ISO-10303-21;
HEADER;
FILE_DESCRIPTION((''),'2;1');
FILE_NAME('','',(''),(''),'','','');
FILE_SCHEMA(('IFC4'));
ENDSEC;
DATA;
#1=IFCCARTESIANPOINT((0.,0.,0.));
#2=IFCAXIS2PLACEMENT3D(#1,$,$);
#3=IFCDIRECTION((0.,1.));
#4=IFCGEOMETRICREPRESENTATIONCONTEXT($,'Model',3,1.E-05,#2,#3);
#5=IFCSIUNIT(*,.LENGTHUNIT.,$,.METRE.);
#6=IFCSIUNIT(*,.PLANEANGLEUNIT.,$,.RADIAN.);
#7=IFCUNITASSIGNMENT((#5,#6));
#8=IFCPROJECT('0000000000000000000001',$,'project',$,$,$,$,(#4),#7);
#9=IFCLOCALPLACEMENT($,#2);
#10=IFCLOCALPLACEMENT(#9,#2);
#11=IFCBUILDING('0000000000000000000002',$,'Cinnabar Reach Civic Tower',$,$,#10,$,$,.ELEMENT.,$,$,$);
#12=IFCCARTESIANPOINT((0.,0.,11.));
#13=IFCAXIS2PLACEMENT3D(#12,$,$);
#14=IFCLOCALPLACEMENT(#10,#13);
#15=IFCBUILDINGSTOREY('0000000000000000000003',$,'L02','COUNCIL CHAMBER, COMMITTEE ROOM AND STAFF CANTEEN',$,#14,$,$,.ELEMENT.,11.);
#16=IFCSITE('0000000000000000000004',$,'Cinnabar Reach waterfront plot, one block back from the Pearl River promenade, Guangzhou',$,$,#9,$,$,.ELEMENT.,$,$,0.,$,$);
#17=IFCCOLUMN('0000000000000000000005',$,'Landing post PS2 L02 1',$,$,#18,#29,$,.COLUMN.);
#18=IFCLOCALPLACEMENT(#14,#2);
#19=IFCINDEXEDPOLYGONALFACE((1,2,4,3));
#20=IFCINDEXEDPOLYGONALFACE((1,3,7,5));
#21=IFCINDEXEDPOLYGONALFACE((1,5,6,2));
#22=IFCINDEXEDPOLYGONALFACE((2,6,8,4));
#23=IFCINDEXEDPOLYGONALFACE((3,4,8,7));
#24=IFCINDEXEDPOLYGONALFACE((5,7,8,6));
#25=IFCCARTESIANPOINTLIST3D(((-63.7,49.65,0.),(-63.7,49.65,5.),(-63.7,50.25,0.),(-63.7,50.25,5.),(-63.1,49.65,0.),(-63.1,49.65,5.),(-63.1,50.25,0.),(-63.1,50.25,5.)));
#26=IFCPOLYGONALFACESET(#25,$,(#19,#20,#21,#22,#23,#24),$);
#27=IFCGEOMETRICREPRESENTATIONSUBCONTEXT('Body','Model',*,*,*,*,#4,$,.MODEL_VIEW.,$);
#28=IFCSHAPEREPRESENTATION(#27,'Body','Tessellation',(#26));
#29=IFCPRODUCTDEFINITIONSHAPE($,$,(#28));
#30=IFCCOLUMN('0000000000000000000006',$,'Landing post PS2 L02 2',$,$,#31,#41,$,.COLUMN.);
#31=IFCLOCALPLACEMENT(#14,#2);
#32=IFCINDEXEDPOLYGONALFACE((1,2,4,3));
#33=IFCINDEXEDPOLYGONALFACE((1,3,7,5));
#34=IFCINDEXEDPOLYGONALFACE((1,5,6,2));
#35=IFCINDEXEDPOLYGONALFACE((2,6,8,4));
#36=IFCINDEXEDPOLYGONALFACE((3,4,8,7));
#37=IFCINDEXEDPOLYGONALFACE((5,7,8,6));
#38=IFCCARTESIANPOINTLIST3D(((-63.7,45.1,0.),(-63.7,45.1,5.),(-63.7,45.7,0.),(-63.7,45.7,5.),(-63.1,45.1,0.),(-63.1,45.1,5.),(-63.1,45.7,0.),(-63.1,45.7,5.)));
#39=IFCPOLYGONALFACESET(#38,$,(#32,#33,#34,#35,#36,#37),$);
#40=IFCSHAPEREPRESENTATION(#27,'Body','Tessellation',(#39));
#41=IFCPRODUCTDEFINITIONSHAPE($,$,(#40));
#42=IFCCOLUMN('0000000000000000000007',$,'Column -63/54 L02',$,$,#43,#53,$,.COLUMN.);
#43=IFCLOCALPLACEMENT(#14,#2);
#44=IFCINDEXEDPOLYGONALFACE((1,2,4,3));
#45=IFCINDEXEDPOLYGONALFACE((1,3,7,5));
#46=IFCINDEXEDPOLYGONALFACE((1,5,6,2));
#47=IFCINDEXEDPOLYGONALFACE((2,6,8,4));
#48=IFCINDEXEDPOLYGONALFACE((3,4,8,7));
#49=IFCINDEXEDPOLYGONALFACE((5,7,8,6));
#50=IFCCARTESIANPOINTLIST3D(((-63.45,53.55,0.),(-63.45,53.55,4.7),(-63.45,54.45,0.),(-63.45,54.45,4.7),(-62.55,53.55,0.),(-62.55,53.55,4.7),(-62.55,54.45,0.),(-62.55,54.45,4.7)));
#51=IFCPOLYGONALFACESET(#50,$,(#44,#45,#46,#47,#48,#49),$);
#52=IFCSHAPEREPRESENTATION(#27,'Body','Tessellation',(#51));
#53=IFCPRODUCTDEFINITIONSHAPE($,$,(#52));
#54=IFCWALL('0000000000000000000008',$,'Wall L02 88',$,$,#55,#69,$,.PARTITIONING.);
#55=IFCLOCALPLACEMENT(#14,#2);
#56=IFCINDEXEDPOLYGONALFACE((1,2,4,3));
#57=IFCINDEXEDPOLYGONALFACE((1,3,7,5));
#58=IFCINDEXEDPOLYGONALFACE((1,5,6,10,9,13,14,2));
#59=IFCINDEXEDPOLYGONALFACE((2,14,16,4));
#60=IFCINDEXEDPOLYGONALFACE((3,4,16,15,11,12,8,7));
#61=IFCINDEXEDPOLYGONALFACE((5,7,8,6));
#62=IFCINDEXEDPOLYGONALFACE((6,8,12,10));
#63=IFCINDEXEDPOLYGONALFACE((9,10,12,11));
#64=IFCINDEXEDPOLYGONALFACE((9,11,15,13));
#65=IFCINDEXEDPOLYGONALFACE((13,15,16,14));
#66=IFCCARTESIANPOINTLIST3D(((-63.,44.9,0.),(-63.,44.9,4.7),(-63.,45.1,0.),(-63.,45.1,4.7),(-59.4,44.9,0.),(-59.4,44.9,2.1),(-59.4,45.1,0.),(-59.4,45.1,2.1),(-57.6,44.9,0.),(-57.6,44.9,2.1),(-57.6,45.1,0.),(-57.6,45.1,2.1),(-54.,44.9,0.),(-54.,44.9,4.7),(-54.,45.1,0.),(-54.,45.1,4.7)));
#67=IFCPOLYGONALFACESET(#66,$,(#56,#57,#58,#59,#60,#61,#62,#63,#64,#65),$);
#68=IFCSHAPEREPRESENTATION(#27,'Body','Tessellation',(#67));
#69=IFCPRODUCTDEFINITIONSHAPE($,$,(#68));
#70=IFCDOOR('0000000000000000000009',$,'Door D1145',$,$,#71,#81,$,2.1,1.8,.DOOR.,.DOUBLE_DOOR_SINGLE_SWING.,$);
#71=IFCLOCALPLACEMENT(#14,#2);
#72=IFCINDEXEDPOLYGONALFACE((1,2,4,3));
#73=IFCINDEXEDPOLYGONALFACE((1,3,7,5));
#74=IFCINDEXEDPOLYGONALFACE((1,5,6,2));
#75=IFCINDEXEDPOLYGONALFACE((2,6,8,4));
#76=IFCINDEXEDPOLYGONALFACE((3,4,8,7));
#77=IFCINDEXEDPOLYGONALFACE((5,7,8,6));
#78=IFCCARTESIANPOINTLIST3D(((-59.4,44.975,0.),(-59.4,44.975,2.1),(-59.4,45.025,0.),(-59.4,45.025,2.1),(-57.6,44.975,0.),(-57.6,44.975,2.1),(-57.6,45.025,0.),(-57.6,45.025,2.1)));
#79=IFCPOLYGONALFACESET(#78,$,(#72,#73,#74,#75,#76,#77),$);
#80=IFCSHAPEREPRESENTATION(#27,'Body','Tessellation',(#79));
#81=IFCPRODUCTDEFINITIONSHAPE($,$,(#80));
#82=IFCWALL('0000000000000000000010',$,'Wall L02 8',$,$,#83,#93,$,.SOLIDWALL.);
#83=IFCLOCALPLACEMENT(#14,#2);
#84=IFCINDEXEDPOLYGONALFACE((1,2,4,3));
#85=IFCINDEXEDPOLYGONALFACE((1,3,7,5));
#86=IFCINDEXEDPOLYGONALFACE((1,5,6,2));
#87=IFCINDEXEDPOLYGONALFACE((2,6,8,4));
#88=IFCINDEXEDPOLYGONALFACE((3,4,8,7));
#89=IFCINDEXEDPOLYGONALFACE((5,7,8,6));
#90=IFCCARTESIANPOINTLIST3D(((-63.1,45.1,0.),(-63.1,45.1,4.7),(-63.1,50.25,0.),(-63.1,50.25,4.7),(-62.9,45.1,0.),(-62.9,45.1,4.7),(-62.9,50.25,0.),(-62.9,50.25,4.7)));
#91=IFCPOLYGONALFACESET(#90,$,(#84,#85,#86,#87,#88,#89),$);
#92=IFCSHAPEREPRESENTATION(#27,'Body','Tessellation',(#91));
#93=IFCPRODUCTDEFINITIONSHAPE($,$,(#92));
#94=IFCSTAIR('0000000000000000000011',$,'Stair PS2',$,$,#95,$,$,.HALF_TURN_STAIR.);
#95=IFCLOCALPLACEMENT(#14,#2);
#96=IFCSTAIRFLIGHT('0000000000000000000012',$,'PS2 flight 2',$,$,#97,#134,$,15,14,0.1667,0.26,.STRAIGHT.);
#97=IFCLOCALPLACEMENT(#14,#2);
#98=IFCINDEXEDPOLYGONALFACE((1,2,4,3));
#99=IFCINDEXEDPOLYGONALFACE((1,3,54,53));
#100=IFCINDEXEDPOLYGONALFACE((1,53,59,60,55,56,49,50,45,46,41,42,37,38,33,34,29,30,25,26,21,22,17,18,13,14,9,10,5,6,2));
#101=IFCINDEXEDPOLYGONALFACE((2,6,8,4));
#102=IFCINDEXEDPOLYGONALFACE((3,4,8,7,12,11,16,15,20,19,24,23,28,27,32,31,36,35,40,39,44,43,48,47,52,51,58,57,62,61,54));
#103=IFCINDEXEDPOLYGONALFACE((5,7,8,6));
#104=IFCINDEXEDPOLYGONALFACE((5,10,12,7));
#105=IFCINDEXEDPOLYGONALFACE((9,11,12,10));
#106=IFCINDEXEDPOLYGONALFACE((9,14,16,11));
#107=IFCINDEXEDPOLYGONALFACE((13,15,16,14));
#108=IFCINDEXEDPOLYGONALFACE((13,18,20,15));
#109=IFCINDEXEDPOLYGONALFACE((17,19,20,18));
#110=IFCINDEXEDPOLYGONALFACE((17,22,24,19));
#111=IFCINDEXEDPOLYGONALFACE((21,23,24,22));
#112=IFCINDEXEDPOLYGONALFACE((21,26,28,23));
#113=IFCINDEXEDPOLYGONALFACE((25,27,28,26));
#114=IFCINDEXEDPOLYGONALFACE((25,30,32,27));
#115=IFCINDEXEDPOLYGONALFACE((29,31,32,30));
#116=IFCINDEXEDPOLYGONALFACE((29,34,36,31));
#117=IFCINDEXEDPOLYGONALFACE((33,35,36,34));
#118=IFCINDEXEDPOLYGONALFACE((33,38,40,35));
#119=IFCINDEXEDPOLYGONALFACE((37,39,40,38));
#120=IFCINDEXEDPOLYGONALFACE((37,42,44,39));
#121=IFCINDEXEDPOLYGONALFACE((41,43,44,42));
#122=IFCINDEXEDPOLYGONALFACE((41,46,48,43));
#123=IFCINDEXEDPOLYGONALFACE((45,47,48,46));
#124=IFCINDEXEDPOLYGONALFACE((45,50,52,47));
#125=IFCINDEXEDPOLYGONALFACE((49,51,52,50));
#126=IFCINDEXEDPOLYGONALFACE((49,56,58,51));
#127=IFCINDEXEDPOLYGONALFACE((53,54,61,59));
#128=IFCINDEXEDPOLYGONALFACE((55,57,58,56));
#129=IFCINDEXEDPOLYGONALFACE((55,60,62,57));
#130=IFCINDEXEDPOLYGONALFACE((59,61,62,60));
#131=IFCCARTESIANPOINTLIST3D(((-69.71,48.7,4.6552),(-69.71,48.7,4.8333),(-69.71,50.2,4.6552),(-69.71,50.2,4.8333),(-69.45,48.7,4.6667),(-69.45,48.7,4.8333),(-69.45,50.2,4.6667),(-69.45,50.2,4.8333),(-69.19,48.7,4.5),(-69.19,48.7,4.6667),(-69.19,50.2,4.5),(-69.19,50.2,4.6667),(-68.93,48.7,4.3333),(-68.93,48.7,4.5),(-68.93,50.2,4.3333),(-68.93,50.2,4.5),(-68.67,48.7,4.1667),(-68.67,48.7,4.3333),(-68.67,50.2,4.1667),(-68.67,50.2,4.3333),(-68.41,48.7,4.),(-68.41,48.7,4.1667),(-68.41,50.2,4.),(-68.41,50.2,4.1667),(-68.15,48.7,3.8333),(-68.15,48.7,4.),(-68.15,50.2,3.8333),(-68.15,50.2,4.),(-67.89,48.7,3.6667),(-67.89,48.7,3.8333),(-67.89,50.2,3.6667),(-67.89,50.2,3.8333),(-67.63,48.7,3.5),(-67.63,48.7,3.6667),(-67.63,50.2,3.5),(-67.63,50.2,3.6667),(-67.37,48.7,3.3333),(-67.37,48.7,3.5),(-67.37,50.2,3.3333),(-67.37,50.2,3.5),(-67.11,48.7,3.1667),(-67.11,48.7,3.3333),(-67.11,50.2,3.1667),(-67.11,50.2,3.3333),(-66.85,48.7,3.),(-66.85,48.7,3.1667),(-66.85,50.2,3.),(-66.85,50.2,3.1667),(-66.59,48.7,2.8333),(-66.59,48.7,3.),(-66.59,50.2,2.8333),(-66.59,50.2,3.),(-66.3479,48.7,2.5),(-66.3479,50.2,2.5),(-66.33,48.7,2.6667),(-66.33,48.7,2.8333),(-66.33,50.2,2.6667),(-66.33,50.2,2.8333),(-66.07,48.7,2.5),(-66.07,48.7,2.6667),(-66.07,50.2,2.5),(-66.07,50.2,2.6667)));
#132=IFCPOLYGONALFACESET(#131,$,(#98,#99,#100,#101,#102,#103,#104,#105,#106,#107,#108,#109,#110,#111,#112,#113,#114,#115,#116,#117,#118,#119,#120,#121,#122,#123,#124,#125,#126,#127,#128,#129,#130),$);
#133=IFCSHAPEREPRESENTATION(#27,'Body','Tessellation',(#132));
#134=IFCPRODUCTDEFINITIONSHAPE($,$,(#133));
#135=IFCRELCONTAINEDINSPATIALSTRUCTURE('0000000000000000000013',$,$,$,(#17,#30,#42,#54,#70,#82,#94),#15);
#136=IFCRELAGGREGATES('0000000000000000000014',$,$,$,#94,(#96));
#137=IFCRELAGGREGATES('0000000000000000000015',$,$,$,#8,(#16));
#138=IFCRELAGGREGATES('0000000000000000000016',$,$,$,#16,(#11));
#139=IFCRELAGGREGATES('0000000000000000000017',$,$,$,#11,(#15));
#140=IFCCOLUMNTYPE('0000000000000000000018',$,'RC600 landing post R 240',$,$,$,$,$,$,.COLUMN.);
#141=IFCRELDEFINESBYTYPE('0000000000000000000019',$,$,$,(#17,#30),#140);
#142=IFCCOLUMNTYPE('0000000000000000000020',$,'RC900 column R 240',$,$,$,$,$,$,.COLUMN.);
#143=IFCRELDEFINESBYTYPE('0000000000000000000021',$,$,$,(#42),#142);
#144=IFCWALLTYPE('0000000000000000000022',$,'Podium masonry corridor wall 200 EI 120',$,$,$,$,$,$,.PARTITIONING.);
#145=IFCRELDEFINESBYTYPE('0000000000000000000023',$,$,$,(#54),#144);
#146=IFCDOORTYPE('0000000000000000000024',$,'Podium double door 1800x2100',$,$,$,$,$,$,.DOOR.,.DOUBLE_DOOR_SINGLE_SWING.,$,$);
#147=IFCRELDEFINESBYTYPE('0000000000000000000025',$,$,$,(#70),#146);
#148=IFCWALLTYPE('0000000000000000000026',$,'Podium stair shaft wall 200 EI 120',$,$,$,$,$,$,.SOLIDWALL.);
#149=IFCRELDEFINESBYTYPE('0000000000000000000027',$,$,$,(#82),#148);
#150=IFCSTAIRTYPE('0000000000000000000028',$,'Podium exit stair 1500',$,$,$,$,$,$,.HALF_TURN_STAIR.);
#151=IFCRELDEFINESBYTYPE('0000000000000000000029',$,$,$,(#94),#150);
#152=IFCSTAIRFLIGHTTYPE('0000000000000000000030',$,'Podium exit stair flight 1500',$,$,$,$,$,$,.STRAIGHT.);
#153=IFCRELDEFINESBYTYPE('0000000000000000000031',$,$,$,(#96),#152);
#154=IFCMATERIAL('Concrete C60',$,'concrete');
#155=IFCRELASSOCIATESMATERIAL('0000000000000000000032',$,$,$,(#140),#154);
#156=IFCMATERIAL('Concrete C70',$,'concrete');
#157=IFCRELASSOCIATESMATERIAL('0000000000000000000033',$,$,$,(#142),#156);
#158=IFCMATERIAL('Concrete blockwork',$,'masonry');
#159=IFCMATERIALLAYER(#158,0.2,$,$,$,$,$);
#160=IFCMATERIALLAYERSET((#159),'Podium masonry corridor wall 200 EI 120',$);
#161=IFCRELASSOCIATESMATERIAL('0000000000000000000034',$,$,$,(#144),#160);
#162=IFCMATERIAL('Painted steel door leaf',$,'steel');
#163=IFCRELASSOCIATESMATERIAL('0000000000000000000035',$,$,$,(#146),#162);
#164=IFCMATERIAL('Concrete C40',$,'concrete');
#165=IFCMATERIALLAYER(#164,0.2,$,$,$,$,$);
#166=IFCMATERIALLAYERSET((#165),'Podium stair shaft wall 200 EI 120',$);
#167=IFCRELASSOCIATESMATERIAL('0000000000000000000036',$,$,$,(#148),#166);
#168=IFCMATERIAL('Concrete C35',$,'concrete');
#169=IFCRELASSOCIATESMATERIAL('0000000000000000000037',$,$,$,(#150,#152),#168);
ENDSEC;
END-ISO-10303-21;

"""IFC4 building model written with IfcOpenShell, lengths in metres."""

from ifc_helpers import new_model, si_unit, direction, frame, frame_2d, origin, origin_2d, place, context, subcontext, project, spatial, polyline, rectangle, outline, extrude, material, layer, layer_set, material_profile, profile_set, type_object, element, fill, aggregate, save


model = new_model("IFC4")

# Units and contexts
model_context = context("Model", 3, precision=1e-05, world=origin(), true_north=direction((0.0, 1.0)))
body_context = subcontext(model_context, "Body", "Model", "MODEL_VIEW")
ifc_project = project(units=[si_unit("LENGTHUNIT", "METRE"), si_unit("PLANEANGLEUNIT", "RADIAN")], contexts=[model_context])

# Site, building, storey
site_placement = place(None, origin())
site = spatial("IfcSite", under=ifc_project, at=site_placement, Name="Cinnabar Reach waterfront plot, one block back from the Pearl River promenade, Guangzhou", CompositionType="ELEMENT", RefElevation=0.0)
building_placement = place(site_placement, origin())
building = spatial("IfcBuilding", under=site, at=building_placement, Name="Cinnabar Reach Civic Tower", CompositionType="ELEMENT")
storey_placement = place(building_placement, frame((0.0, 0.0, 11.0)))
storey = spatial("IfcBuildingStorey", under=building, at=storey_placement, Name="L02", Description="COUNCIL CHAMBER, COMMITTEE ROOM AND STAFF CANTEEN", CompositionType="ELEMENT", Elevation=11.0)

# Columns
ifc_material_1 = material(Name="Concrete C60", Category="concrete")
ifc_material_profile_1 = material_profile(ifc_material_1, rectangle(XDim=0.6, YDim=0.6, at=origin_2d()), Name="RC600")
ifc_profile_set_1 = profile_set([ifc_material_profile_1], Name="Concrete C60")
column_type_1 = type_object("IfcColumnType", Name="RC600 landing post R 240", PredefinedType="COLUMN", material=ifc_profile_set_1)
for number, where, z_axis, x_axis, name in (
    (1, (-63.4, 49.95, 0.0), (0.0, 0.0, 1.0), (1.0, 0.0, 0.0), "Landing post PS2 L02 1"),
    (2, (-63.4, 45.4, 0.0), (0.0, 0.0, 1.0), (1.0, 0.0, 0.0), "Landing post PS2 L02 2"),
):
    element("IfcColumn", number, at=place(storey_placement, frame(where, z_axis=z_axis, x_axis=x_axis)), inside=storey, type_object=column_type_1, Name=name, PredefinedType="COLUMN", context=body_context, shape_type="SweptSolid", body=[
        extrude(rectangle(XDim=0.6, YDim=0.6, at=origin_2d()), origin(), (0.0, 0.0, 1.0), 5.0),
    ])
ifc_material_2 = material(Name="Concrete C70", Category="concrete")
ifc_material_profile_2 = material_profile(ifc_material_2, rectangle(XDim=0.9, YDim=0.9, at=origin_2d()), Name="RC900")
ifc_profile_set_2 = profile_set([ifc_material_profile_2], Name="Concrete C70")
column_type_2 = type_object("IfcColumnType", Name="RC900 column R 240", PredefinedType="COLUMN", material=ifc_profile_set_2)
column_placement = place(storey_placement, frame((-63.0, 54.0, 0.0), z_axis=(0.0, 0.0, 1.0), x_axis=(1.0, 0.0, 0.0)))
element("IfcColumn", 3, at=column_placement, inside=storey, type_object=column_type_2, Name="Column -63/54 L02", PredefinedType="COLUMN", context=body_context, shape_type="SweptSolid", body=[
    extrude(rectangle(XDim=0.9, YDim=0.9, at=origin_2d()), origin(), (0.0, 0.0, 1.0), 4.7),
])

# Wall, opening, door
ifc_material_3 = material(Name="Concrete blockwork", Category="masonry")
ifc_layer_1 = layer(ifc_material_3, 0.2)
ifc_layer_set_1 = layer_set([ifc_layer_1], Name="Podium masonry corridor wall 200 EI 120")
wall_type_1 = type_object("IfcWallType", Name="Podium masonry corridor wall 200 EI 120", PredefinedType="PARTITIONING", material=ifc_layer_set_1)
wall_1_placement = place(storey_placement, frame((-63.0, 45.0, 0.0), z_axis=(0.0, 0.0, 1.0), x_axis=(1.0, 0.0, 0.0)))
wall_1 = element("IfcWall", 4, at=wall_1_placement, inside=storey, type_object=wall_type_1, Name="Wall L02 88", PredefinedType="PARTITIONING", context=body_context, shape_type="SweptSolid", body=[
    extrude(rectangle(XDim=9.0, YDim=0.2, at=frame_2d((4.5, 0.0))), origin(), (0.0, 0.0, 1.0), 4.7),
])
opening_placement = place(wall_1_placement, frame((3.6, 0.0, 0.0)))
opening = element("IfcOpeningElement", 5, at=opening_placement, cuts=wall_1, PredefinedType="OPENING", context=body_context, shape_type="SweptSolid", body=[
    extrude(rectangle(XDim=1.8, YDim=2.1, at=frame_2d((0.9, 1.05))), frame((0.0, 0.11, 0.0), z_axis=(0.0, -1.0, 0.0), x_axis=(1.0, 0.0, 0.0)), (0.0, 0.0, 1.0), 0.22),
])
ifc_material_4 = material(Name="Painted steel door leaf", Category="steel")
door_type = type_object("IfcDoorType", Name="Podium double door 1800x2100", OperationType="DOUBLE_DOOR_SINGLE_SWING", PredefinedType="DOOR", material=ifc_material_4)
door_placement = place(opening_placement, origin())
door = element("IfcDoor", 6, at=door_placement, inside=storey, type_object=door_type, Name="Door D1145", OperationType="DOUBLE_DOOR_SINGLE_SWING", OverallHeight=2.1, OverallWidth=1.8, PredefinedType="DOOR", context=body_context, shape_type="SweptSolid", body=[
    extrude(rectangle(XDim=1.8, YDim=2.1, at=frame_2d((0.9, 1.05))), frame((0.0, 0.025, 0.0), z_axis=(0.0, -1.0, 0.0), x_axis=(1.0, 0.0, 0.0)), (0.0, 0.0, 1.0), 0.05),
])
fill(opening, door)

# Wall
ifc_material_5 = material(Name="Concrete C40", Category="concrete")
ifc_layer_2 = layer(ifc_material_5, 0.2)
ifc_layer_set_2 = layer_set([ifc_layer_2], Name="Podium stair shaft wall 200 EI 120")
wall_type_2 = type_object("IfcWallType", Name="Podium stair shaft wall 200 EI 120", PredefinedType="SOLIDWALL", material=ifc_layer_set_2)
wall_2_placement = place(storey_placement, frame((-63.0, 45.1, 0.0), z_axis=(0.0, 0.0, 1.0), x_axis=(0.0, 1.0, 0.0)))
element("IfcWall", 7, at=wall_2_placement, inside=storey, type_object=wall_type_2, Name="Wall L02 8", PredefinedType="SOLIDWALL", context=body_context, shape_type="SweptSolid", body=[
    extrude(rectangle(XDim=5.15, YDim=0.2, at=frame_2d((2.575, 0.0))), origin(), (0.0, 0.0, 1.0), 4.7),
])

# Stair, stair flight
ifc_material_6 = material(Name="Concrete C35", Category="concrete")
stair_type = type_object("IfcStairType", Name="Podium exit stair 1500", PredefinedType="HALF_TURN_STAIR", material=ifc_material_6)
stair_placement = place(storey_placement, origin())
stair = element("IfcStair", 8, at=stair_placement, inside=storey, type_object=stair_type, Name="Stair PS2", PredefinedType="HALF_TURN_STAIR")
stair_flight_type = type_object("IfcStairFlightType", Name="Podium exit stair flight 1500", PredefinedType="STRAIGHT", material=ifc_material_6)
stair_flight_placement = place(storey_placement, frame((-66.07, 49.45, 2.5), z_axis=(0.0, 0.0, 1.0), x_axis=(-1.0, 0.0, 0.0)))
stair_flight = element("IfcStairFlight", 9, at=stair_flight_placement, type_object=stair_flight_type, Name="PS2 flight 2", NumberOfRisers=15, NumberOfTreads=14, PredefinedType="STRAIGHT", RiserHeight=0.1667, TreadLength=0.26, context=body_context, shape_type="SweptSolid", body=[
    extrude(outline(polyline([(0.0, 0.0), (0.0, 0.1667), (0.26, 0.1667), (0.26, 0.3333), (0.52, 0.3333), (0.52, 0.5), (0.78, 0.5), (0.78, 0.6667), (1.04, 0.6667), (1.04, 0.8333), (1.3, 0.8333), (1.3, 1.0), (1.56, 1.0), (1.56, 1.1667), (1.82, 1.1667), (1.82, 1.3333), (2.08, 1.3333), (2.08, 1.5), (2.34, 1.5), (2.34, 1.6667), (2.6, 1.6667), (2.6, 1.8333), (2.86, 1.8333), (2.86, 2.0), (3.12, 2.0), (3.12, 2.1667), (3.38, 2.1667), (3.38, 2.3333), (3.64, 2.3333), (3.64, 2.5), (3.64, 2.1552), (0.2779, 0.0), (0.0, 0.0)])), frame((0.0, 0.75, 0.0), z_axis=(0.0, -1.0, 0.0), x_axis=(1.0, 0.0, 0.0)), (0.0, 0.0, 1.0), 1.5),
])
aggregate(stair, [stair_flight])

save(model, "model.ifc")
